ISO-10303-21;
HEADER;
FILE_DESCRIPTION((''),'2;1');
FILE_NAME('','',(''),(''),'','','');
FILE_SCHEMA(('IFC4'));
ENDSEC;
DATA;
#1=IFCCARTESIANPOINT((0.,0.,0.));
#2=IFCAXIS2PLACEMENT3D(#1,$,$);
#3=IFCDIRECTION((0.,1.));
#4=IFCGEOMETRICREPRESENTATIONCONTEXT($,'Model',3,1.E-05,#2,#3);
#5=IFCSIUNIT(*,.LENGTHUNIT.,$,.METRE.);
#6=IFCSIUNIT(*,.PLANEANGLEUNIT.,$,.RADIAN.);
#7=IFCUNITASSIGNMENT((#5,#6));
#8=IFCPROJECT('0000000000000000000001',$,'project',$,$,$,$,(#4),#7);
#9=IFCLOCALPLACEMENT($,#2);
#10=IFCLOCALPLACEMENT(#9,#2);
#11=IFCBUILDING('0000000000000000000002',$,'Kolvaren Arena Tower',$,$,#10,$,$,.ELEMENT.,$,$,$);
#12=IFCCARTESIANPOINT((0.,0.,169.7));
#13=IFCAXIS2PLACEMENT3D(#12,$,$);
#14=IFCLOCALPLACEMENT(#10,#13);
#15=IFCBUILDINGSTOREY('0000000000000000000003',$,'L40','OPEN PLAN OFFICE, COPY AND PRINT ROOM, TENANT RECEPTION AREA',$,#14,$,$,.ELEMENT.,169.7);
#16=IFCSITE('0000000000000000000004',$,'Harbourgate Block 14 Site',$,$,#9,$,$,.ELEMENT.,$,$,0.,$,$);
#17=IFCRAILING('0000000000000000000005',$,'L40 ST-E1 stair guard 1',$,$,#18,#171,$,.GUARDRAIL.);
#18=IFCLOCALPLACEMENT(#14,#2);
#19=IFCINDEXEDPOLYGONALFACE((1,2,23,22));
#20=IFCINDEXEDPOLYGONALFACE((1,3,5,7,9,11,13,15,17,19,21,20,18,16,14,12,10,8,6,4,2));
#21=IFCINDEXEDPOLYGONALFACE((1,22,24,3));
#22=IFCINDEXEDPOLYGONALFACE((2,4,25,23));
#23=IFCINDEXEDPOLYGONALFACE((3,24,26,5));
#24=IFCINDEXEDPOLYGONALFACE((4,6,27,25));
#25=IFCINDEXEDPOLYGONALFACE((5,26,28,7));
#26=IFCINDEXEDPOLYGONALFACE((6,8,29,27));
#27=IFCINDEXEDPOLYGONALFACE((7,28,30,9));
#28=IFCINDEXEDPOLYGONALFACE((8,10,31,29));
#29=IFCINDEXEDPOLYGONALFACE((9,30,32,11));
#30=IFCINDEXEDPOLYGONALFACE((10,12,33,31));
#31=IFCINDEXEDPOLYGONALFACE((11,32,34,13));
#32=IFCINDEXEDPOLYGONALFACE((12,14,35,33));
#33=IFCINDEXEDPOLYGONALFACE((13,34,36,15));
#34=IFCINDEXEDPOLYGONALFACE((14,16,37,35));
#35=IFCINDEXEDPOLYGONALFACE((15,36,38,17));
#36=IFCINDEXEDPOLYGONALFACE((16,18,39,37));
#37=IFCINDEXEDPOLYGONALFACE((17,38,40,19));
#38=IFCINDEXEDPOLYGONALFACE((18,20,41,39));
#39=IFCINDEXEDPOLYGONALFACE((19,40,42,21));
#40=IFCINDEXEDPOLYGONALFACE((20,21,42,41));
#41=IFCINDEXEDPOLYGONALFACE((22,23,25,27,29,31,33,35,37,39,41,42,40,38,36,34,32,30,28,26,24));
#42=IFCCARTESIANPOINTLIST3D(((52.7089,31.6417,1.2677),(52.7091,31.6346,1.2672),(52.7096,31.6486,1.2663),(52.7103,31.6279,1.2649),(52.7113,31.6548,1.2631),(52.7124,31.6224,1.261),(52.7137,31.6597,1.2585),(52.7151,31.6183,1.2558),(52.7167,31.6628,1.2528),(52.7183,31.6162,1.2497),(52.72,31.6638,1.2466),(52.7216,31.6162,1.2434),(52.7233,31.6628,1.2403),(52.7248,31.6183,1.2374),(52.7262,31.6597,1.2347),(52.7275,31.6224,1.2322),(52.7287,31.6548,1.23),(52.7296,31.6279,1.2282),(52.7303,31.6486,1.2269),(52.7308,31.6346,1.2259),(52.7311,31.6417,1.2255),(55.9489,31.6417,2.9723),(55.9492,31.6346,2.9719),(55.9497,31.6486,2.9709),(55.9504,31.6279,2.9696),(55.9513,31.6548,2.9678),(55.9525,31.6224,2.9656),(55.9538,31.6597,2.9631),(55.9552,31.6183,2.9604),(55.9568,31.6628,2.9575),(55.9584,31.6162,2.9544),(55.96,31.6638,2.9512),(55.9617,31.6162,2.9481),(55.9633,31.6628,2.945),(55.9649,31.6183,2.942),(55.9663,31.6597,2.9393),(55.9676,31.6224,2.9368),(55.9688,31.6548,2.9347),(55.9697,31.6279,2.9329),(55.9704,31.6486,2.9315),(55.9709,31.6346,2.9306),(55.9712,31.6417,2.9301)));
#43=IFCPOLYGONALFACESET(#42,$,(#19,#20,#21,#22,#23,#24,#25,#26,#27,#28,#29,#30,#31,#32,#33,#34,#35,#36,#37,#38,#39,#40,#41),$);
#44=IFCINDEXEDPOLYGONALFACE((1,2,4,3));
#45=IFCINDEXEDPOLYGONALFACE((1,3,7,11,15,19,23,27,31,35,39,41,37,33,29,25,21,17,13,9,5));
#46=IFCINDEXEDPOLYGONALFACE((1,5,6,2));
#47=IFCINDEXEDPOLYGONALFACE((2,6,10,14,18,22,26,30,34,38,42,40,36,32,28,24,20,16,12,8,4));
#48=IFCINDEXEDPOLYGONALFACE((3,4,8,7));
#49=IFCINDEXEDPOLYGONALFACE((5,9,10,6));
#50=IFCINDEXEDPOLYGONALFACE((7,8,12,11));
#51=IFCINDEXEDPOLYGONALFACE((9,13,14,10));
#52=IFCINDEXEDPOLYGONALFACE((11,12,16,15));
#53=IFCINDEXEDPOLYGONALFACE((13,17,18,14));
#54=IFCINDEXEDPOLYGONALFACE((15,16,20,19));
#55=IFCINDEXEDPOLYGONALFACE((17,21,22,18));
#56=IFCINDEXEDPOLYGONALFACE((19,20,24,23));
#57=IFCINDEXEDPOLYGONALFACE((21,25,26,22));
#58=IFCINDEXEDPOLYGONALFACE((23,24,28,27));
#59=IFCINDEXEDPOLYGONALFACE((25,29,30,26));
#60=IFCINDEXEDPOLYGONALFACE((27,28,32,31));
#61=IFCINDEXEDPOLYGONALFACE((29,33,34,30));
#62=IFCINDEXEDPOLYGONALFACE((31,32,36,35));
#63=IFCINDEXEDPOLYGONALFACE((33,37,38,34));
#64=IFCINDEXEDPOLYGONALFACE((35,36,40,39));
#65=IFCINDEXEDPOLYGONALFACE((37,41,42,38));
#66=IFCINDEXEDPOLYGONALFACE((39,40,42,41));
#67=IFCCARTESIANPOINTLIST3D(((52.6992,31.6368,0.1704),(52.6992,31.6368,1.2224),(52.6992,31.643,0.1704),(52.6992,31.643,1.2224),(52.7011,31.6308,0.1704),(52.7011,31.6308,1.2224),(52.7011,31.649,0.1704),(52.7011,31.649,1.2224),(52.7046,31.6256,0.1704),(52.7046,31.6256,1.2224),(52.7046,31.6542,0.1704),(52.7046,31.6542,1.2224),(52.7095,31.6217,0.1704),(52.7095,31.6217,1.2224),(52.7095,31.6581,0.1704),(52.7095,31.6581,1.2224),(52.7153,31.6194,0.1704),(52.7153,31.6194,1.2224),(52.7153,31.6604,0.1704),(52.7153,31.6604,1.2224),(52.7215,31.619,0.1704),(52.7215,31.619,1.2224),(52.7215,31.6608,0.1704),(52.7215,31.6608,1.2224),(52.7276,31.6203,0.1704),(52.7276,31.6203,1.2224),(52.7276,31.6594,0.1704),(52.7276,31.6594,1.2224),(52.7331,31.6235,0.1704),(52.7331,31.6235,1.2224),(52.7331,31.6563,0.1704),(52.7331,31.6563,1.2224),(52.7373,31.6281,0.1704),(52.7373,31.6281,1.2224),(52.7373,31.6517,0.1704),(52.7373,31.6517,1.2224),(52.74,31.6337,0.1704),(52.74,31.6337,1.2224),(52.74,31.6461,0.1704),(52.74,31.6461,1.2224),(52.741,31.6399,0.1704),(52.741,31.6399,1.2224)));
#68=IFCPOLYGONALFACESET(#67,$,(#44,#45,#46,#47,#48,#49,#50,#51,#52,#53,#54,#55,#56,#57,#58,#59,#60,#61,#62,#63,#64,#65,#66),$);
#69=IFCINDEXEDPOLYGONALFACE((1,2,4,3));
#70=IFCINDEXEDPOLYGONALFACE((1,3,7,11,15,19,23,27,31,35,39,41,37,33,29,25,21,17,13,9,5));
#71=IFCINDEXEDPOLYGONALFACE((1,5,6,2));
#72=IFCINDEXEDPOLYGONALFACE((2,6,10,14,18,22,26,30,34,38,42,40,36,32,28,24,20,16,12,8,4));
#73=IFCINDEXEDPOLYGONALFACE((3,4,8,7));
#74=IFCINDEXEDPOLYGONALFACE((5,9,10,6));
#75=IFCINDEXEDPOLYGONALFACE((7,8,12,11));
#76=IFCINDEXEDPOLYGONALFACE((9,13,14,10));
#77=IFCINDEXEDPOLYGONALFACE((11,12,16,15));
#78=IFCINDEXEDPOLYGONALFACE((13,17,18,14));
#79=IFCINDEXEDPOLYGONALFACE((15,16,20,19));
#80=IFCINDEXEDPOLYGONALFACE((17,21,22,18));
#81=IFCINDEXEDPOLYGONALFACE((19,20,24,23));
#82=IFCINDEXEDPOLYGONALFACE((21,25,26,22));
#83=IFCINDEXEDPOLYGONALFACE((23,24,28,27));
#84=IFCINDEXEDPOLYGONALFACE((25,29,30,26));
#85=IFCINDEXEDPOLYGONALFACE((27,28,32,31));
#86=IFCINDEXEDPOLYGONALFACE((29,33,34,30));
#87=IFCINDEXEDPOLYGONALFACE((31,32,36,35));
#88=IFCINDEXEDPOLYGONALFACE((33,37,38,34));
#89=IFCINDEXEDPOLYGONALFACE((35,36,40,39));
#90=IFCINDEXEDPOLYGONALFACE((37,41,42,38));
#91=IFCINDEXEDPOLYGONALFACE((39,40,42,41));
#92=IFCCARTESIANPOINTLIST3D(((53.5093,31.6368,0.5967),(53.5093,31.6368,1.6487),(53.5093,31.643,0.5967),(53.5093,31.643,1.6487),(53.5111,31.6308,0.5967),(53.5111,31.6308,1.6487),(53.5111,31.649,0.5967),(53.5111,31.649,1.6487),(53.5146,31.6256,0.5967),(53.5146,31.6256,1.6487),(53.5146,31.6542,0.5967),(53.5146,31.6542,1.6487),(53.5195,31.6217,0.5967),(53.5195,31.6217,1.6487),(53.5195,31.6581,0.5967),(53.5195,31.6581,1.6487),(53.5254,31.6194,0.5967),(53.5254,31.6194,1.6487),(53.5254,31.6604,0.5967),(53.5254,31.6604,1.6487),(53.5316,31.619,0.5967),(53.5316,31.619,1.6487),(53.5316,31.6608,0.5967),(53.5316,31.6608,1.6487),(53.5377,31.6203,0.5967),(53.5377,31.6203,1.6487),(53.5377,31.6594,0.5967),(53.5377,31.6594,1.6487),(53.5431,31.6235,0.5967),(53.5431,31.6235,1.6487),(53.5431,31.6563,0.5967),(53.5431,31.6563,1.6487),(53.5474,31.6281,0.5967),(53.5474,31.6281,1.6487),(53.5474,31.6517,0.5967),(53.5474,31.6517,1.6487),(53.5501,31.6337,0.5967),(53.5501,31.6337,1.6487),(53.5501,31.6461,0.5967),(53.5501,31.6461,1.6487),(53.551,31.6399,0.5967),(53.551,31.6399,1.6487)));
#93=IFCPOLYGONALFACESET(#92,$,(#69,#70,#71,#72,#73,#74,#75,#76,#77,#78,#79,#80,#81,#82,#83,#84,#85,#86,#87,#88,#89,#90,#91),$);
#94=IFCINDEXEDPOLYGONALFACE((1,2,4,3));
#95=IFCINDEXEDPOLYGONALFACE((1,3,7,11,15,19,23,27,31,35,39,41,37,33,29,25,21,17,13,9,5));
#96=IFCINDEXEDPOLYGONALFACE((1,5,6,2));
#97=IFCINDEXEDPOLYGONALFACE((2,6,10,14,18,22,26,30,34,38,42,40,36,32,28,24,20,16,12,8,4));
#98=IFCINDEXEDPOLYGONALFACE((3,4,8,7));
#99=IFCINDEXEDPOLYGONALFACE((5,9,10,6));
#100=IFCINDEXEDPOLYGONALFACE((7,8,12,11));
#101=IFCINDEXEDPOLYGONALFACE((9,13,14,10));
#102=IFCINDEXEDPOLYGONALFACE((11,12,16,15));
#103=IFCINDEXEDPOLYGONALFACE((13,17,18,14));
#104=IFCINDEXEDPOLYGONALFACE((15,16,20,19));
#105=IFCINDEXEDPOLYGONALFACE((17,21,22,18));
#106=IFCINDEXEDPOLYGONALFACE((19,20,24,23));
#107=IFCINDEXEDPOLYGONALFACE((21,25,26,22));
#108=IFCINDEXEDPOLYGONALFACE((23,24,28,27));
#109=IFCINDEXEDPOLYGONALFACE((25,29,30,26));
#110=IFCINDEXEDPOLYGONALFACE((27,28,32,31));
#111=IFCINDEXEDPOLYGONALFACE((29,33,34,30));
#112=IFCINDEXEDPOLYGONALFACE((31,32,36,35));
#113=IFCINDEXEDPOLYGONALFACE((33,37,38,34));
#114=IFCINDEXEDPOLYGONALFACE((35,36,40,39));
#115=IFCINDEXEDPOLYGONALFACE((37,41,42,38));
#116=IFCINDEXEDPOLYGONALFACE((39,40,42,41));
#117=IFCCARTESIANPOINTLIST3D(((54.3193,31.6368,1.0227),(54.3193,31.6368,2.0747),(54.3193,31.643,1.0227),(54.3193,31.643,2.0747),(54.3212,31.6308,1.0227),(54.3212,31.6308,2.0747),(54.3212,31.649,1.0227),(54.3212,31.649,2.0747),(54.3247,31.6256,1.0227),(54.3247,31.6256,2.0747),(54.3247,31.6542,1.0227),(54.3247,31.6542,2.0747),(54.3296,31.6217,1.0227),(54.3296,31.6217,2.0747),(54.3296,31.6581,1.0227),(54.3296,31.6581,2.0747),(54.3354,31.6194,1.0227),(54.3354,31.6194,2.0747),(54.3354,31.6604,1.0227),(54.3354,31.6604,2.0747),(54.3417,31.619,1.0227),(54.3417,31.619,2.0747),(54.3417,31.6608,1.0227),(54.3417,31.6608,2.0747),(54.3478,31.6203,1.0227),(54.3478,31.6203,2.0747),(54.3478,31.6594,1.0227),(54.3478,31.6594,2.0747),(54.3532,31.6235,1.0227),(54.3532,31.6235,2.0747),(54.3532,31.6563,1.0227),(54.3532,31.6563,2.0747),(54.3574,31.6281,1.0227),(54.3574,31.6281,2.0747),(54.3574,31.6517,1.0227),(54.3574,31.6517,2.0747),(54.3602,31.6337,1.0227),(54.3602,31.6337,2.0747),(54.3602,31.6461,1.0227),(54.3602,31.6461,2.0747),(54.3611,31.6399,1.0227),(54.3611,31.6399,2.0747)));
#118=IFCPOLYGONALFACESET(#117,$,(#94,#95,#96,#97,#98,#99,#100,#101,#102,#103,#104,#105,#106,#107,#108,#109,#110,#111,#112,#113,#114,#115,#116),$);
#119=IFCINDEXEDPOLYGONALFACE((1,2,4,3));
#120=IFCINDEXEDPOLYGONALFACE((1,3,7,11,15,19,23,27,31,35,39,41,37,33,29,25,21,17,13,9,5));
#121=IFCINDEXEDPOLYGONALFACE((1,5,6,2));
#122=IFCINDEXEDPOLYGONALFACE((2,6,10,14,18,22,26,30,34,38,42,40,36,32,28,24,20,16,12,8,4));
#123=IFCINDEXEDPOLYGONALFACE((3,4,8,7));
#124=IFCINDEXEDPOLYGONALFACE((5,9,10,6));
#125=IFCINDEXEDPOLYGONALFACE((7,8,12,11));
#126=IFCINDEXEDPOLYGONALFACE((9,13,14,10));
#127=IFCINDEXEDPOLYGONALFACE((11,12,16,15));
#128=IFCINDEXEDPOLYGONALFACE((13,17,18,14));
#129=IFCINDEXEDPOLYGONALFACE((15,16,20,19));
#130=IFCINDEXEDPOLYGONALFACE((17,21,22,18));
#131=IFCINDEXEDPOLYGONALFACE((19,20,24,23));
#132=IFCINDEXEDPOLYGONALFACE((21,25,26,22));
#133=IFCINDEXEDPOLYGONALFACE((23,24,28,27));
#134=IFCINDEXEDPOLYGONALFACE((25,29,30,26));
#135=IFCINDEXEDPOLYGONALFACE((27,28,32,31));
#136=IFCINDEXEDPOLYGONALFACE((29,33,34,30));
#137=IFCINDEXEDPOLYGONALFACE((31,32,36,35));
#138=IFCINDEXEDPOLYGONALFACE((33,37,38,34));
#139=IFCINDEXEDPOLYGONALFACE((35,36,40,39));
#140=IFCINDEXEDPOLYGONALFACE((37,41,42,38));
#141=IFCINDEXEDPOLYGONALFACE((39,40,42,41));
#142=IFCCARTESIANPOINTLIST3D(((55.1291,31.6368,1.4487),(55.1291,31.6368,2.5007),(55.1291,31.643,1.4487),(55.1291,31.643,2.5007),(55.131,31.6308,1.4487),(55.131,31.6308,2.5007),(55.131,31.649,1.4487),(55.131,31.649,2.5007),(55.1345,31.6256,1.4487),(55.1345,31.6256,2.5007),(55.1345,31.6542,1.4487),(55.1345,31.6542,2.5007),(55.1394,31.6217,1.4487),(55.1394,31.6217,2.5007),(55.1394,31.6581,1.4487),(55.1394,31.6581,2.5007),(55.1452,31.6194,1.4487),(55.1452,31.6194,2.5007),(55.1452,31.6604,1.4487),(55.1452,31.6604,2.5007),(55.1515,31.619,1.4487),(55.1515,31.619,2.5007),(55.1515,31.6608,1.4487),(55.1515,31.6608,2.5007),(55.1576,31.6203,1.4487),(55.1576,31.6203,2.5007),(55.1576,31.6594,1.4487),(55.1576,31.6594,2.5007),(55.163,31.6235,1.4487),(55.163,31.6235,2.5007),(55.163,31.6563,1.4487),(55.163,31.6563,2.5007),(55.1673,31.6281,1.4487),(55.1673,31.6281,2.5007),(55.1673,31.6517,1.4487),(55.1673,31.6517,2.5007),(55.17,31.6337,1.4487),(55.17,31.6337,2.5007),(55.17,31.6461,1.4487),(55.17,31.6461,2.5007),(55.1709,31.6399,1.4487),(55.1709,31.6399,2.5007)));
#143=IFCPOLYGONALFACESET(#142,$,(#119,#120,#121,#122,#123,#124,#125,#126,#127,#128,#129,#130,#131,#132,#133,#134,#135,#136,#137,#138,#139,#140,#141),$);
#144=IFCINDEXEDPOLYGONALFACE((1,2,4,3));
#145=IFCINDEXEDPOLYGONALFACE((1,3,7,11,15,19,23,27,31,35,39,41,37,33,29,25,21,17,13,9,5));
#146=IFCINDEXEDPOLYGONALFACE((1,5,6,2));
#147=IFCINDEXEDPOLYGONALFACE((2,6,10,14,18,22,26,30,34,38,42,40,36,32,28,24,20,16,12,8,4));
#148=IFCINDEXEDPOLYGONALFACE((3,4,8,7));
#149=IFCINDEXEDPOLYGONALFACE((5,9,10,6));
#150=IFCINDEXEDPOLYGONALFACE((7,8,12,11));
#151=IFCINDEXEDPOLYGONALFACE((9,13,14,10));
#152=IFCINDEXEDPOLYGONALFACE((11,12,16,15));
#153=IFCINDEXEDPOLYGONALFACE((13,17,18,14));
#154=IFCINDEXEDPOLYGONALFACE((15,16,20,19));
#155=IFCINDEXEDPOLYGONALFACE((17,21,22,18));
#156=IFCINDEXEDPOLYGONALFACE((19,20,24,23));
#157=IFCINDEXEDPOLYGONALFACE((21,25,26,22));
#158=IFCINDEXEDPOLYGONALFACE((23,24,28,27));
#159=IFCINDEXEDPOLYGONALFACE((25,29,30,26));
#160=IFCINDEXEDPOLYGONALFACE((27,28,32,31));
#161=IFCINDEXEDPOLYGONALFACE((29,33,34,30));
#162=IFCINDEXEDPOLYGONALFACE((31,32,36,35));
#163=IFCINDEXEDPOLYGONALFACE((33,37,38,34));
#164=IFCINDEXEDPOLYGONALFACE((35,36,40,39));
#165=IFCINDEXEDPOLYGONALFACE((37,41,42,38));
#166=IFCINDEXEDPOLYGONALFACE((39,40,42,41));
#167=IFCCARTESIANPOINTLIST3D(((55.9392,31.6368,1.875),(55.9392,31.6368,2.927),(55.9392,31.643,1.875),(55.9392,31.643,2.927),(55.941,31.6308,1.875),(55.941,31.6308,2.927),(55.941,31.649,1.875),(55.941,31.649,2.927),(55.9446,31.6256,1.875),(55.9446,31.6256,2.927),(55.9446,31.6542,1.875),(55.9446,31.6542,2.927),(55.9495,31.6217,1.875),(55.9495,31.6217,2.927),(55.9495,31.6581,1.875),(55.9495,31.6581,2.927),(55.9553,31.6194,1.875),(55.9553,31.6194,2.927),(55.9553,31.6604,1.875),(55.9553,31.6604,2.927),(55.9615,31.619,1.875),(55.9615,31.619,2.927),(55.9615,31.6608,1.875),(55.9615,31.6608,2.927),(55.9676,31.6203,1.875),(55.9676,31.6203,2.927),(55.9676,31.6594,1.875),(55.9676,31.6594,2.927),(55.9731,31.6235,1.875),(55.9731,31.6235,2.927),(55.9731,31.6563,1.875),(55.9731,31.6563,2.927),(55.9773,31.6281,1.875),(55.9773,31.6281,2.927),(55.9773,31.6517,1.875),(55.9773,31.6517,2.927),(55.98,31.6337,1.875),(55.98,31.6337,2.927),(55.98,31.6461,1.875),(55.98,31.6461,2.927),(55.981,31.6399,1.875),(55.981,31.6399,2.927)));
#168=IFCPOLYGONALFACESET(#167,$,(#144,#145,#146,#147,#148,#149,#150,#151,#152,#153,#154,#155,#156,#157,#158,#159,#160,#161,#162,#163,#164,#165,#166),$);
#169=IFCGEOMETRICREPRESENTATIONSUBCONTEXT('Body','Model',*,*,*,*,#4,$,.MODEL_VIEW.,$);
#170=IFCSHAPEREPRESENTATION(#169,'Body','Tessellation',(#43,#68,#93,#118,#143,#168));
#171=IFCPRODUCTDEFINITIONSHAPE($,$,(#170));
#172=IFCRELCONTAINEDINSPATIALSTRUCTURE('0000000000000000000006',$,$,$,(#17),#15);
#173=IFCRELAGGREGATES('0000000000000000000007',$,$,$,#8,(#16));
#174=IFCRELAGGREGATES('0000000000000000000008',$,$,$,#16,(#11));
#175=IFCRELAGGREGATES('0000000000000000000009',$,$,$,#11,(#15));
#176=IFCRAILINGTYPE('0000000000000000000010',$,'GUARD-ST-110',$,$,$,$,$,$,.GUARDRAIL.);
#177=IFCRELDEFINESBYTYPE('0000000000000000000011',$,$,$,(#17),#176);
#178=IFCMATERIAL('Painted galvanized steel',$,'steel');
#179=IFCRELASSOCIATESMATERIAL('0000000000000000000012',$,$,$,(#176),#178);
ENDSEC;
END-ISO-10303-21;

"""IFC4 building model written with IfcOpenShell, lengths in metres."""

from ifc_helpers import new_model, si_unit, direction, frame, origin, origin_2d, place, context, subcontext, project, spatial, circle, extrude, material, type_object, element, save


model = new_model("IFC4")

# Units and contexts
model_context = context("Model", 3, precision=1e-05, world=origin(), true_north=direction((0.0, 1.0)))
body_context = subcontext(model_context, "Body", "Model", "MODEL_VIEW")
ifc_project = project(units=[si_unit("LENGTHUNIT", "METRE"), si_unit("PLANEANGLEUNIT", "RADIAN")], contexts=[model_context])

# Site, building, storey
site_placement = place(None, origin())
site = spatial("IfcSite", under=ifc_project, at=site_placement, Name="Harbourgate Block 14 Site", CompositionType="ELEMENT", RefElevation=0.0)
building_placement = place(site_placement, origin())
building = spatial("IfcBuilding", under=site, at=building_placement, Name="Kolvaren Arena Tower", CompositionType="ELEMENT")
storey_placement = place(building_placement, frame((0.0, 0.0, 169.7)))
storey = spatial("IfcBuildingStorey", under=building, at=storey_placement, Name="L40", Description="OPEN PLAN OFFICE, COPY AND PRINT ROOM, TENANT RECEPTION AREA", CompositionType="ELEMENT", Elevation=169.7)

# Railing
ifc_material_1 = material(Name="Painted galvanized steel", Category="steel")
railing_type_1 = type_object("IfcRailingType", Name="GUARD-ST-110", PredefinedType="GUARDRAIL", material=ifc_material_1)
railing_1_placement = place(storey_placement, frame((52.72, 31.6399, 0.1704)))
element("IfcRailing", 1, at=railing_1_placement, inside=storey, type_object=railing_type_1, Name="L40 ST-E1 stair guard 1", PredefinedType="GUARDRAIL", context=body_context, shape_type="SweptSolid", body=[
    extrude(circle(Radius=0.0239, at=origin_2d()), frame((0.0, 0.0, 1.0762), z_axis=(0.884993, 0.0, 0.465604), x_axis=(0.0, 1.0, 0.0)), (0.0, 0.0, 1.0), 3.6611),
    extrude(circle(Radius=0.021, at=origin_2d()), origin(), (0.0, 0.0, 1.0), 1.052),
    extrude(circle(Radius=0.021, at=origin_2d()), frame((0.8101, 0.0, 0.4263)), (0.0, 0.0, 1.0), 1.052),
    extrude(circle(Radius=0.021, at=origin_2d()), frame((1.6201, 0.0, 0.8523)), (0.0, 0.0, 1.0), 1.052),
    extrude(circle(Radius=0.021, at=origin_2d()), frame((2.4299, 0.0, 1.2783)), (0.0, 0.0, 1.0), 1.052),
    extrude(circle(Radius=0.021, at=origin_2d()), frame((3.24, 0.0, 1.7046)), (0.0, 0.0, 1.0), 1.052),
])

save(model, "model.ifc")
